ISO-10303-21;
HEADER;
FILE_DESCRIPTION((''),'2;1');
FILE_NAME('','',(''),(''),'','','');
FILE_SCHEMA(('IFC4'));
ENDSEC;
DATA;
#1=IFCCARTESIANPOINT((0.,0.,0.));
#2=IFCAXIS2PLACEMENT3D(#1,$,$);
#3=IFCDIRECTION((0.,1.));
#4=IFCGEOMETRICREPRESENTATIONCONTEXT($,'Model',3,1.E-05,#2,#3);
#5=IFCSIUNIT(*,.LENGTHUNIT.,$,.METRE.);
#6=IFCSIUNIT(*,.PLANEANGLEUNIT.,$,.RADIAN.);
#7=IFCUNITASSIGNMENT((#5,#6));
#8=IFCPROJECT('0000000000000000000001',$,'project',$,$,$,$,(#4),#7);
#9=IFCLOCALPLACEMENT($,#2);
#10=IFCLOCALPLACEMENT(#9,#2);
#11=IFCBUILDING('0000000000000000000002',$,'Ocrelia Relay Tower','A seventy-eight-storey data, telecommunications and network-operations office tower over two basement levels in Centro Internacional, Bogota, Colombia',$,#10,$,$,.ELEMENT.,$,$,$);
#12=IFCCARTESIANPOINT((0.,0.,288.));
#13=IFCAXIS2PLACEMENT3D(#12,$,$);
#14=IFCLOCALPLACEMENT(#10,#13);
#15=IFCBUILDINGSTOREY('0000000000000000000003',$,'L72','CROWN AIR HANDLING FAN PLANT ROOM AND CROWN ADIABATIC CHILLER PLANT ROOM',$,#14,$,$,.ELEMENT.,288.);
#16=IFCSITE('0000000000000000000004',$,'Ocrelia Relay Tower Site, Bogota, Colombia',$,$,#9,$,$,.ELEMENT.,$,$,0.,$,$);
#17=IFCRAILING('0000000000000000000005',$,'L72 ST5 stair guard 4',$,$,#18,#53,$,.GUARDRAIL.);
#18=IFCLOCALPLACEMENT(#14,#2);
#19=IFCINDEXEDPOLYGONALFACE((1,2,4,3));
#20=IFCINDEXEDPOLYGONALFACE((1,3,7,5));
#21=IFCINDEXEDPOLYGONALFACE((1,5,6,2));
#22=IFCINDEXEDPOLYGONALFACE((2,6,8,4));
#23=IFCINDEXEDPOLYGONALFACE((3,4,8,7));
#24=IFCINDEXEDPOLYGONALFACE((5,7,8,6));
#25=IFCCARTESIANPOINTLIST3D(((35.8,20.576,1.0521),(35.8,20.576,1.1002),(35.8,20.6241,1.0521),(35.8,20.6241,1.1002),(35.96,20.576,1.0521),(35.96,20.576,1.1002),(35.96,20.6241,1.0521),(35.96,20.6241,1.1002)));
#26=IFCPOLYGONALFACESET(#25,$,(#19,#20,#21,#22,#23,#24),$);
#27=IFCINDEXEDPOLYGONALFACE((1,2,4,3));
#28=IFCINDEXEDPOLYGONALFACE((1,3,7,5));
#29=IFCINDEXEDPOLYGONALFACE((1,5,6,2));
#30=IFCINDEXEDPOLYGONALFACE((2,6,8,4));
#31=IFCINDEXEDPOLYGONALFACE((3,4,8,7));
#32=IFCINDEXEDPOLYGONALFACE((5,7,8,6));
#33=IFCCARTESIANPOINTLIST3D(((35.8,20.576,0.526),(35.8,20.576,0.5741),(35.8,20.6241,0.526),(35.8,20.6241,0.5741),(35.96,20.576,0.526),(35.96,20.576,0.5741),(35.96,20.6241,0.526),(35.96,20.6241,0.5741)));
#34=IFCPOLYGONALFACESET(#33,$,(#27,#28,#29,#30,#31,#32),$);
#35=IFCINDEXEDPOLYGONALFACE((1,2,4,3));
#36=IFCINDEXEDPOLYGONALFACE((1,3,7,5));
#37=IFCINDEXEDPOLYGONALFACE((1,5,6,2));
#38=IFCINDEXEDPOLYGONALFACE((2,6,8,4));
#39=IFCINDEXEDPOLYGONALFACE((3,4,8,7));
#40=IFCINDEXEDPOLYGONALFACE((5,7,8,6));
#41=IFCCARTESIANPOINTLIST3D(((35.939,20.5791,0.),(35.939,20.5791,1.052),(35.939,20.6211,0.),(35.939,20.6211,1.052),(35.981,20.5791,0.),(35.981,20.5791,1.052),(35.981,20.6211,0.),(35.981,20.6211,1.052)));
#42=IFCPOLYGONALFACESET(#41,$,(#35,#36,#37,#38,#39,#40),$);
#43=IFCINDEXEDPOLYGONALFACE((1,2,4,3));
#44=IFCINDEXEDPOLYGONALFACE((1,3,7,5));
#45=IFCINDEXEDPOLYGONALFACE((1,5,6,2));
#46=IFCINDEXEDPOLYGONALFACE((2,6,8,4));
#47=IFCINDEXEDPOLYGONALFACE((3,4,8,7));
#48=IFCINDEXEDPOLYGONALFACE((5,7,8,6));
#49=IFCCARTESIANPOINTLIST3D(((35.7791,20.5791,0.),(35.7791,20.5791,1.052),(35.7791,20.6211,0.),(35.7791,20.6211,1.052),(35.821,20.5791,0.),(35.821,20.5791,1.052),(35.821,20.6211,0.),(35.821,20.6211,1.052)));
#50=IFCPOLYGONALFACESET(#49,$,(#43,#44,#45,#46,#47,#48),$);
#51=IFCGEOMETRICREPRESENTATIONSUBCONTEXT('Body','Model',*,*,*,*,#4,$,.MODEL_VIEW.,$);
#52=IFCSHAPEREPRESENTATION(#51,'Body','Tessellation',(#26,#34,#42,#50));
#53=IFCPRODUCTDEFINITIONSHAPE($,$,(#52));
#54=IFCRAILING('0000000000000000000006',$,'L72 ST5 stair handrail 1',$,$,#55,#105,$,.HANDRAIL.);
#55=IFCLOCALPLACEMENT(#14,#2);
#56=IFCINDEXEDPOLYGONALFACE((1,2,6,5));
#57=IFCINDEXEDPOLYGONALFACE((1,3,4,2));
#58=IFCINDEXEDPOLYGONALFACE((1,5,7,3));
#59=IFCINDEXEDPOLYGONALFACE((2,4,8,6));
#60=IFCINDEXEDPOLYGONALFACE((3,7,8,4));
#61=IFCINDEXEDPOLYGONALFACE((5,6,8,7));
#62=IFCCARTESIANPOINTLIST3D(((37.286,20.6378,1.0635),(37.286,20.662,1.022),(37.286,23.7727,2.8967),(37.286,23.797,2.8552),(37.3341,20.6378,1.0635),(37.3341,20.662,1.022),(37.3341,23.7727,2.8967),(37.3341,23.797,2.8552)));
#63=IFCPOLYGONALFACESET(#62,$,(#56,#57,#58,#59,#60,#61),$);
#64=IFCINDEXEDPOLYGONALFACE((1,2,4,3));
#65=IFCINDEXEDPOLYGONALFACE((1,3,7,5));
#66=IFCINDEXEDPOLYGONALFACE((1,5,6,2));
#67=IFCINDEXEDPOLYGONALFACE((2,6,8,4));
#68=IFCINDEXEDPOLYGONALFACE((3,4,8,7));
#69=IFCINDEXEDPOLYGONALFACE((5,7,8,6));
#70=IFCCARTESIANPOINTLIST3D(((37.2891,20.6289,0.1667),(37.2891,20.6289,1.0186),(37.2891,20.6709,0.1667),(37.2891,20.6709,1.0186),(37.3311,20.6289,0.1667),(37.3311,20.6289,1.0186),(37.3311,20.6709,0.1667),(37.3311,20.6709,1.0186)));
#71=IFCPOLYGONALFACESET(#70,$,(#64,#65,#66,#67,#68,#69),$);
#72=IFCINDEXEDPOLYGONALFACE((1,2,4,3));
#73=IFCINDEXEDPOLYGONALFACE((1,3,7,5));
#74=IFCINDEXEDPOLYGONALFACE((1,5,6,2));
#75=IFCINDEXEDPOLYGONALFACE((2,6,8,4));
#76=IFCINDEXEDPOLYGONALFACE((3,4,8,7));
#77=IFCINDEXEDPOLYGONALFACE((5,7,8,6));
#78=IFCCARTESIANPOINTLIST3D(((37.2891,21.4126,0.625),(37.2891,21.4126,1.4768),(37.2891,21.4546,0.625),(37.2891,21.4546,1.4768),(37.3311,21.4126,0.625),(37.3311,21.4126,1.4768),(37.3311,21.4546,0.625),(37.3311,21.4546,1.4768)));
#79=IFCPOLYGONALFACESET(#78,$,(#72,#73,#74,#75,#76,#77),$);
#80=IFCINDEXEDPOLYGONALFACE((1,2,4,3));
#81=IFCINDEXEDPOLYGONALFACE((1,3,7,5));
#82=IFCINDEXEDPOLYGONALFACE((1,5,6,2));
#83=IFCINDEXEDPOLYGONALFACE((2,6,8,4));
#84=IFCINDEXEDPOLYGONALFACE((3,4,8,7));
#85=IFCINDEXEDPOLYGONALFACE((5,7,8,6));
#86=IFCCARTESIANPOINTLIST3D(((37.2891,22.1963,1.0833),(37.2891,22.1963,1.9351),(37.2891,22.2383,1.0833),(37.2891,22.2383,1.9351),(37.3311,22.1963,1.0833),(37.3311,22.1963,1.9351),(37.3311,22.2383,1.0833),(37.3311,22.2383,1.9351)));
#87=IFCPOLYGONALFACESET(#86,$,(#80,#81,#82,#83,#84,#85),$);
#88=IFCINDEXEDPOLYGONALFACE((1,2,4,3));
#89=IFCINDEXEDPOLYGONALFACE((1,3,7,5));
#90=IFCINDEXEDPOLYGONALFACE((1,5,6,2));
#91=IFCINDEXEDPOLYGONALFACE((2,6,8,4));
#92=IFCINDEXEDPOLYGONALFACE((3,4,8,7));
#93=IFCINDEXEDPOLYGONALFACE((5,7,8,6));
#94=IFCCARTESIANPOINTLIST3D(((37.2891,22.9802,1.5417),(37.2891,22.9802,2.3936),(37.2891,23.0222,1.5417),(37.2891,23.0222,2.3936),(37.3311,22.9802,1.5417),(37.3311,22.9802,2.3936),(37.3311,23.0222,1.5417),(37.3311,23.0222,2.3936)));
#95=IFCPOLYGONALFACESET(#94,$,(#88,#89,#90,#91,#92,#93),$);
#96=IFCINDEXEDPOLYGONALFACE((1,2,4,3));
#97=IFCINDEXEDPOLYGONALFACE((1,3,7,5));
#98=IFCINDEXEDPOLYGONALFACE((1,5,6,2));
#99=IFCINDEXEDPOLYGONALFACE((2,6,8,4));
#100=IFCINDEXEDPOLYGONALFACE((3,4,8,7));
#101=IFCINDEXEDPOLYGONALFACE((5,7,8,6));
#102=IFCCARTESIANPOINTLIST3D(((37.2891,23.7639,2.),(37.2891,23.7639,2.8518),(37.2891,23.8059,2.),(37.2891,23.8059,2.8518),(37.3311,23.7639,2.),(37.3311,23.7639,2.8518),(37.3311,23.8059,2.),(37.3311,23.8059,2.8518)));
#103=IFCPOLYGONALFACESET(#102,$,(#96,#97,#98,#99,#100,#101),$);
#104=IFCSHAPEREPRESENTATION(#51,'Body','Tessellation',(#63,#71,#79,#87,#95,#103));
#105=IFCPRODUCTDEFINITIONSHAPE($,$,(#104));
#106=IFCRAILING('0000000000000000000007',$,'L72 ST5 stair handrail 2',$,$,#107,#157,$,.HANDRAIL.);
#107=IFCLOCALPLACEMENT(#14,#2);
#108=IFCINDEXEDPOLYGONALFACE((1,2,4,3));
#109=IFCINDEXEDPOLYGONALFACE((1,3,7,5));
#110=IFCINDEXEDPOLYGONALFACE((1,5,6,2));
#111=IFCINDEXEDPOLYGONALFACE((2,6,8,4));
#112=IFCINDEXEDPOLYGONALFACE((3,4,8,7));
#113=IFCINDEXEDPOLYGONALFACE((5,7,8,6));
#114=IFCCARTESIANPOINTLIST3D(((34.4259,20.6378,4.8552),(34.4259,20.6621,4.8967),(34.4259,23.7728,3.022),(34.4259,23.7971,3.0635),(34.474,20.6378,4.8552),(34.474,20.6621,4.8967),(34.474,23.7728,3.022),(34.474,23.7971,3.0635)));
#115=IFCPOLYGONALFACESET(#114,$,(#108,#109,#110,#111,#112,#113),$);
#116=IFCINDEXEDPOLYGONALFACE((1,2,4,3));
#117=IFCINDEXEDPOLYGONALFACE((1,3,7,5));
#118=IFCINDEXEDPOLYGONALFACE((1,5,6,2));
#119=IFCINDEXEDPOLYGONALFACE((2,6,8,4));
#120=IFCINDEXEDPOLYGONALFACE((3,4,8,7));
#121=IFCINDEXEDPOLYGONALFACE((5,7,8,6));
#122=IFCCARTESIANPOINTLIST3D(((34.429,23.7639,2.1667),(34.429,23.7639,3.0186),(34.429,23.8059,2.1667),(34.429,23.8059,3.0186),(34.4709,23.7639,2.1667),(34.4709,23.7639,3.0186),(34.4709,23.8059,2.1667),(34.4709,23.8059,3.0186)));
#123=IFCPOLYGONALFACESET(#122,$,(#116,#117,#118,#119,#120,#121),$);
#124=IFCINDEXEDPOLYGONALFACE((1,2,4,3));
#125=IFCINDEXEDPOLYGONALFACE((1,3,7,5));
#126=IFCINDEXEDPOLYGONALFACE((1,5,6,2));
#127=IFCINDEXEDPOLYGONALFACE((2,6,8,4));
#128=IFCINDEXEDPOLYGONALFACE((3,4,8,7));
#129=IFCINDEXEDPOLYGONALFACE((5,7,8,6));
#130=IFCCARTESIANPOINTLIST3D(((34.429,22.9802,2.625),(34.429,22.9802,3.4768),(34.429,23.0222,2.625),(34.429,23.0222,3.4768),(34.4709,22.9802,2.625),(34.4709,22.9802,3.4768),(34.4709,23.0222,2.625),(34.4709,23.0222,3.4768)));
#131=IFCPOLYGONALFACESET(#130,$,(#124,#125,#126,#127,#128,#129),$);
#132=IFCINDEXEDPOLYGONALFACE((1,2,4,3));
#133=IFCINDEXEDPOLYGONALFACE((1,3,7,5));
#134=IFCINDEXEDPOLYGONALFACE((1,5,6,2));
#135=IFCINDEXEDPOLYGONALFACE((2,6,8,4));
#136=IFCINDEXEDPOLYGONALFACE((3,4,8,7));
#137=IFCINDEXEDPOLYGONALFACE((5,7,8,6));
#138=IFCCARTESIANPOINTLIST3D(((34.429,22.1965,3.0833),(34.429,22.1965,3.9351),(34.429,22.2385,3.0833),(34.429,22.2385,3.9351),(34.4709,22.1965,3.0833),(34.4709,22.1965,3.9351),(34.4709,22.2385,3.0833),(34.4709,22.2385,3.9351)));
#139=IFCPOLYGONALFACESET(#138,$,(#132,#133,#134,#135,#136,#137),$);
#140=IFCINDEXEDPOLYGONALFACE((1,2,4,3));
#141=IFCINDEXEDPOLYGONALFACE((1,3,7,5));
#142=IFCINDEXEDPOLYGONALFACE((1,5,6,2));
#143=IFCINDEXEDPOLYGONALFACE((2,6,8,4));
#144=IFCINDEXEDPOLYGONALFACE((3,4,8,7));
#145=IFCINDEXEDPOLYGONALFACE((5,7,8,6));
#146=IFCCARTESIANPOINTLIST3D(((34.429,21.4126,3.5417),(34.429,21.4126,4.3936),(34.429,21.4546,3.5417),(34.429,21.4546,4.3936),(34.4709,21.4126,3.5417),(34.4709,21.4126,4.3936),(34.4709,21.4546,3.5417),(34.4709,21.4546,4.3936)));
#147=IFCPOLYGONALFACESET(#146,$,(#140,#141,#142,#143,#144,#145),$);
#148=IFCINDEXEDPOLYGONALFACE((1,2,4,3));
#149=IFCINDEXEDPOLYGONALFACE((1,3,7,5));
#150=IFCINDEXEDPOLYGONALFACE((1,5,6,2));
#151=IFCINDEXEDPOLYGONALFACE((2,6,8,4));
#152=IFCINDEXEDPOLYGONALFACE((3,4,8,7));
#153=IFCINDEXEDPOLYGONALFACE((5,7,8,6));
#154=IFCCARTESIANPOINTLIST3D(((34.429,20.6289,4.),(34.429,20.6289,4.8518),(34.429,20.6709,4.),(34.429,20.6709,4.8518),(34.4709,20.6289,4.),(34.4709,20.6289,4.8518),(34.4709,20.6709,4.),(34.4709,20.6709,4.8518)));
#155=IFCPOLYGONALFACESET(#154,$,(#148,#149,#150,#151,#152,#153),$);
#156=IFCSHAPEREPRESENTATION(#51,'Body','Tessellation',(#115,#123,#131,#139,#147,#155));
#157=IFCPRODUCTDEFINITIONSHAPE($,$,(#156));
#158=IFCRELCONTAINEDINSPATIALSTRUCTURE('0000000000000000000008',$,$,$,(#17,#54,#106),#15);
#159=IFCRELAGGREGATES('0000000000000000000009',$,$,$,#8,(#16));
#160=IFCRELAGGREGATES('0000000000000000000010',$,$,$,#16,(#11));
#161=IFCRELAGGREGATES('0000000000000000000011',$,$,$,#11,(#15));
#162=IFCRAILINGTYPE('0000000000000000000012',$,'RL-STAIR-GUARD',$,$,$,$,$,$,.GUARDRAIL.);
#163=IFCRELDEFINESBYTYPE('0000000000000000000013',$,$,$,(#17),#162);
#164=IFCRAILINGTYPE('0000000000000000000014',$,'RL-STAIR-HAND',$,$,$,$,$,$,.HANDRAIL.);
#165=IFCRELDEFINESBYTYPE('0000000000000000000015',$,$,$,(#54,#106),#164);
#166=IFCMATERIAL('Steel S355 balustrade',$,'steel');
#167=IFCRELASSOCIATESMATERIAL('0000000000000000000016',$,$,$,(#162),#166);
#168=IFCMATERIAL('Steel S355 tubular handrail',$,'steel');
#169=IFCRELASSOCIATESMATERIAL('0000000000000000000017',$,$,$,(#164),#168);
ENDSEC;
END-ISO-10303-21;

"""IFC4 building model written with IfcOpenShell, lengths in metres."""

from ifc_helpers import new_model, si_unit, direction, frame, origin, origin_2d, place, context, subcontext, project, spatial, rectangle, extrude, material, type_object, element, save


model = new_model("IFC4")

# Units and contexts
model_context = context("Model", 3, precision=1e-05, world=origin(), true_north=direction((0.0, 1.0)))
body_context = subcontext(model_context, "Body", "Model", "MODEL_VIEW")
ifc_project = project(units=[si_unit("LENGTHUNIT", "METRE"), si_unit("PLANEANGLEUNIT", "RADIAN")], contexts=[model_context])

# Site, building, storey
site_placement = place(None, origin())
site = spatial("IfcSite", under=ifc_project, at=site_placement, Name="Ocrelia Relay Tower Site, Bogota, Colombia", CompositionType="ELEMENT", RefElevation=0.0)
building_placement = place(site_placement, origin())
building = spatial("IfcBuilding", under=site, at=building_placement, Name="Ocrelia Relay Tower", Description="A seventy-eight-storey data, telecommunications and network-operations office tower over two basement levels in Centro Internacional, Bogota, Colombia", CompositionType="ELEMENT")
storey_placement = place(building_placement, frame((0.0, 0.0, 288.0)))
storey = spatial("IfcBuildingStorey", under=building, at=storey_placement, Name="L72", Description="CROWN AIR HANDLING FAN PLANT ROOM AND CROWN ADIABATIC CHILLER PLANT ROOM", CompositionType="ELEMENT", Elevation=288.0)

# Railings
ifc_material_1 = material(Name="Steel S355 balustrade", Category="steel")
railing_type_1 = type_object("IfcRailingType", Name="RL-STAIR-GUARD", PredefinedType="GUARDRAIL", material=ifc_material_1)
railing_1_placement = place(storey_placement, frame((35.96, 20.6001, 0.0)))
element("IfcRailing", 1, at=railing_1_placement, inside=storey, type_object=railing_type_1, Name="L72 ST5 stair guard 4", PredefinedType="GUARDRAIL", context=body_context, shape_type="SweptSolid", body=[
    extrude(rectangle(XDim=0.0481, YDim=0.0481, at=origin_2d()), frame((0.0, 0.0, 1.0762), z_axis=(-1.0, 0.0, 0.0), x_axis=(0.0, -1.0, 0.0)), (0.0, 0.0, 1.0), 0.1599),
    extrude(rectangle(XDim=0.0481, YDim=0.0481, at=origin_2d()), frame((0.0, 0.0, 0.55), z_axis=(-1.0, 0.0, 0.0), x_axis=(0.0, -1.0, 0.0)), (0.0, 0.0, 1.0), 0.1599),
    extrude(rectangle(XDim=0.042, YDim=0.042, at=origin_2d()), origin(), (0.0, 0.0, 1.0), 1.052),
    extrude(rectangle(XDim=0.042, YDim=0.042, at=origin_2d()), frame((-0.1599, 0.0, 0.0)), (0.0, 0.0, 1.0), 1.052),
])
ifc_material_2 = material(Name="Steel S355 tubular handrail", Category="steel")
railing_type_2 = type_object("IfcRailingType", Name="RL-STAIR-HAND", PredefinedType="HANDRAIL", material=ifc_material_2)
railing_2_placement = place(storey_placement, frame((37.3101, 20.6499, 0.1667)))
element("IfcRailing", 2, at=railing_2_placement, inside=storey, type_object=railing_type_2, Name="L72 ST5 stair handrail 1", PredefinedType="HANDRAIL", context=body_context, shape_type="SweptSolid", body=[
    extrude(rectangle(XDim=0.0481, YDim=0.0481, at=origin_2d()), frame((0.0, 0.0, 0.876), z_axis=(0.0, 0.86324, 0.504794), x_axis=(-1.0, 0.0, 0.0)), (0.0, 0.0, 1.0), 3.6316),
    extrude(rectangle(XDim=0.042, YDim=0.042, at=origin_2d()), origin(), (0.0, 0.0, 1.0), 0.8518),
    extrude(rectangle(XDim=0.042, YDim=0.042, at=origin_2d()), frame((0.0, 0.7837, 0.4583)), (0.0, 0.0, 1.0), 0.8518),
    extrude(rectangle(XDim=0.042, YDim=0.042, at=origin_2d()), frame((0.0, 1.5674, 0.9165)), (0.0, 0.0, 1.0), 0.8518),
    extrude(rectangle(XDim=0.042, YDim=0.042, at=origin_2d()), frame((0.0, 2.3513, 1.375)), (0.0, 0.0, 1.0), 0.8518),
    extrude(rectangle(XDim=0.042, YDim=0.042, at=origin_2d()), frame((0.0, 3.135, 1.8333)), (0.0, 0.0, 1.0), 0.8518),
])
railing_3_placement = place(storey_placement, frame((34.45, 23.7849, 2.1667)))
element("IfcRailing", 3, at=railing_3_placement, inside=storey, type_object=railing_type_2, Name="L72 ST5 stair handrail 2", PredefinedType="HANDRAIL", context=body_context, shape_type="SweptSolid", body=[
    extrude(rectangle(XDim=0.0481, YDim=0.0481, at=origin_2d()), frame((0.0, 0.0, 0.876), z_axis=(0.0, -0.86324, 0.504794), x_axis=(1.0, 0.0, 0.0)), (0.0, 0.0, 1.0), 3.6316),
    extrude(rectangle(XDim=0.042, YDim=0.042, at=origin_2d()), origin(), (0.0, 0.0, 1.0), 0.8518),
    extrude(rectangle(XDim=0.042, YDim=0.042, at=origin_2d()), frame((0.0, -0.7837, 0.4583)), (0.0, 0.0, 1.0), 0.8518),
    extrude(rectangle(XDim=0.042, YDim=0.042, at=origin_2d()), frame((0.0, -1.5674, 0.9165)), (0.0, 0.0, 1.0), 0.8518),
    extrude(rectangle(XDim=0.042, YDim=0.042, at=origin_2d()), frame((0.0, -2.3513, 1.375)), (0.0, 0.0, 1.0), 0.8518),
    extrude(rectangle(XDim=0.042, YDim=0.042, at=origin_2d()), frame((0.0, -3.135, 1.8333)), (0.0, 0.0, 1.0), 0.8518),
])

save(model, "model.ifc")
